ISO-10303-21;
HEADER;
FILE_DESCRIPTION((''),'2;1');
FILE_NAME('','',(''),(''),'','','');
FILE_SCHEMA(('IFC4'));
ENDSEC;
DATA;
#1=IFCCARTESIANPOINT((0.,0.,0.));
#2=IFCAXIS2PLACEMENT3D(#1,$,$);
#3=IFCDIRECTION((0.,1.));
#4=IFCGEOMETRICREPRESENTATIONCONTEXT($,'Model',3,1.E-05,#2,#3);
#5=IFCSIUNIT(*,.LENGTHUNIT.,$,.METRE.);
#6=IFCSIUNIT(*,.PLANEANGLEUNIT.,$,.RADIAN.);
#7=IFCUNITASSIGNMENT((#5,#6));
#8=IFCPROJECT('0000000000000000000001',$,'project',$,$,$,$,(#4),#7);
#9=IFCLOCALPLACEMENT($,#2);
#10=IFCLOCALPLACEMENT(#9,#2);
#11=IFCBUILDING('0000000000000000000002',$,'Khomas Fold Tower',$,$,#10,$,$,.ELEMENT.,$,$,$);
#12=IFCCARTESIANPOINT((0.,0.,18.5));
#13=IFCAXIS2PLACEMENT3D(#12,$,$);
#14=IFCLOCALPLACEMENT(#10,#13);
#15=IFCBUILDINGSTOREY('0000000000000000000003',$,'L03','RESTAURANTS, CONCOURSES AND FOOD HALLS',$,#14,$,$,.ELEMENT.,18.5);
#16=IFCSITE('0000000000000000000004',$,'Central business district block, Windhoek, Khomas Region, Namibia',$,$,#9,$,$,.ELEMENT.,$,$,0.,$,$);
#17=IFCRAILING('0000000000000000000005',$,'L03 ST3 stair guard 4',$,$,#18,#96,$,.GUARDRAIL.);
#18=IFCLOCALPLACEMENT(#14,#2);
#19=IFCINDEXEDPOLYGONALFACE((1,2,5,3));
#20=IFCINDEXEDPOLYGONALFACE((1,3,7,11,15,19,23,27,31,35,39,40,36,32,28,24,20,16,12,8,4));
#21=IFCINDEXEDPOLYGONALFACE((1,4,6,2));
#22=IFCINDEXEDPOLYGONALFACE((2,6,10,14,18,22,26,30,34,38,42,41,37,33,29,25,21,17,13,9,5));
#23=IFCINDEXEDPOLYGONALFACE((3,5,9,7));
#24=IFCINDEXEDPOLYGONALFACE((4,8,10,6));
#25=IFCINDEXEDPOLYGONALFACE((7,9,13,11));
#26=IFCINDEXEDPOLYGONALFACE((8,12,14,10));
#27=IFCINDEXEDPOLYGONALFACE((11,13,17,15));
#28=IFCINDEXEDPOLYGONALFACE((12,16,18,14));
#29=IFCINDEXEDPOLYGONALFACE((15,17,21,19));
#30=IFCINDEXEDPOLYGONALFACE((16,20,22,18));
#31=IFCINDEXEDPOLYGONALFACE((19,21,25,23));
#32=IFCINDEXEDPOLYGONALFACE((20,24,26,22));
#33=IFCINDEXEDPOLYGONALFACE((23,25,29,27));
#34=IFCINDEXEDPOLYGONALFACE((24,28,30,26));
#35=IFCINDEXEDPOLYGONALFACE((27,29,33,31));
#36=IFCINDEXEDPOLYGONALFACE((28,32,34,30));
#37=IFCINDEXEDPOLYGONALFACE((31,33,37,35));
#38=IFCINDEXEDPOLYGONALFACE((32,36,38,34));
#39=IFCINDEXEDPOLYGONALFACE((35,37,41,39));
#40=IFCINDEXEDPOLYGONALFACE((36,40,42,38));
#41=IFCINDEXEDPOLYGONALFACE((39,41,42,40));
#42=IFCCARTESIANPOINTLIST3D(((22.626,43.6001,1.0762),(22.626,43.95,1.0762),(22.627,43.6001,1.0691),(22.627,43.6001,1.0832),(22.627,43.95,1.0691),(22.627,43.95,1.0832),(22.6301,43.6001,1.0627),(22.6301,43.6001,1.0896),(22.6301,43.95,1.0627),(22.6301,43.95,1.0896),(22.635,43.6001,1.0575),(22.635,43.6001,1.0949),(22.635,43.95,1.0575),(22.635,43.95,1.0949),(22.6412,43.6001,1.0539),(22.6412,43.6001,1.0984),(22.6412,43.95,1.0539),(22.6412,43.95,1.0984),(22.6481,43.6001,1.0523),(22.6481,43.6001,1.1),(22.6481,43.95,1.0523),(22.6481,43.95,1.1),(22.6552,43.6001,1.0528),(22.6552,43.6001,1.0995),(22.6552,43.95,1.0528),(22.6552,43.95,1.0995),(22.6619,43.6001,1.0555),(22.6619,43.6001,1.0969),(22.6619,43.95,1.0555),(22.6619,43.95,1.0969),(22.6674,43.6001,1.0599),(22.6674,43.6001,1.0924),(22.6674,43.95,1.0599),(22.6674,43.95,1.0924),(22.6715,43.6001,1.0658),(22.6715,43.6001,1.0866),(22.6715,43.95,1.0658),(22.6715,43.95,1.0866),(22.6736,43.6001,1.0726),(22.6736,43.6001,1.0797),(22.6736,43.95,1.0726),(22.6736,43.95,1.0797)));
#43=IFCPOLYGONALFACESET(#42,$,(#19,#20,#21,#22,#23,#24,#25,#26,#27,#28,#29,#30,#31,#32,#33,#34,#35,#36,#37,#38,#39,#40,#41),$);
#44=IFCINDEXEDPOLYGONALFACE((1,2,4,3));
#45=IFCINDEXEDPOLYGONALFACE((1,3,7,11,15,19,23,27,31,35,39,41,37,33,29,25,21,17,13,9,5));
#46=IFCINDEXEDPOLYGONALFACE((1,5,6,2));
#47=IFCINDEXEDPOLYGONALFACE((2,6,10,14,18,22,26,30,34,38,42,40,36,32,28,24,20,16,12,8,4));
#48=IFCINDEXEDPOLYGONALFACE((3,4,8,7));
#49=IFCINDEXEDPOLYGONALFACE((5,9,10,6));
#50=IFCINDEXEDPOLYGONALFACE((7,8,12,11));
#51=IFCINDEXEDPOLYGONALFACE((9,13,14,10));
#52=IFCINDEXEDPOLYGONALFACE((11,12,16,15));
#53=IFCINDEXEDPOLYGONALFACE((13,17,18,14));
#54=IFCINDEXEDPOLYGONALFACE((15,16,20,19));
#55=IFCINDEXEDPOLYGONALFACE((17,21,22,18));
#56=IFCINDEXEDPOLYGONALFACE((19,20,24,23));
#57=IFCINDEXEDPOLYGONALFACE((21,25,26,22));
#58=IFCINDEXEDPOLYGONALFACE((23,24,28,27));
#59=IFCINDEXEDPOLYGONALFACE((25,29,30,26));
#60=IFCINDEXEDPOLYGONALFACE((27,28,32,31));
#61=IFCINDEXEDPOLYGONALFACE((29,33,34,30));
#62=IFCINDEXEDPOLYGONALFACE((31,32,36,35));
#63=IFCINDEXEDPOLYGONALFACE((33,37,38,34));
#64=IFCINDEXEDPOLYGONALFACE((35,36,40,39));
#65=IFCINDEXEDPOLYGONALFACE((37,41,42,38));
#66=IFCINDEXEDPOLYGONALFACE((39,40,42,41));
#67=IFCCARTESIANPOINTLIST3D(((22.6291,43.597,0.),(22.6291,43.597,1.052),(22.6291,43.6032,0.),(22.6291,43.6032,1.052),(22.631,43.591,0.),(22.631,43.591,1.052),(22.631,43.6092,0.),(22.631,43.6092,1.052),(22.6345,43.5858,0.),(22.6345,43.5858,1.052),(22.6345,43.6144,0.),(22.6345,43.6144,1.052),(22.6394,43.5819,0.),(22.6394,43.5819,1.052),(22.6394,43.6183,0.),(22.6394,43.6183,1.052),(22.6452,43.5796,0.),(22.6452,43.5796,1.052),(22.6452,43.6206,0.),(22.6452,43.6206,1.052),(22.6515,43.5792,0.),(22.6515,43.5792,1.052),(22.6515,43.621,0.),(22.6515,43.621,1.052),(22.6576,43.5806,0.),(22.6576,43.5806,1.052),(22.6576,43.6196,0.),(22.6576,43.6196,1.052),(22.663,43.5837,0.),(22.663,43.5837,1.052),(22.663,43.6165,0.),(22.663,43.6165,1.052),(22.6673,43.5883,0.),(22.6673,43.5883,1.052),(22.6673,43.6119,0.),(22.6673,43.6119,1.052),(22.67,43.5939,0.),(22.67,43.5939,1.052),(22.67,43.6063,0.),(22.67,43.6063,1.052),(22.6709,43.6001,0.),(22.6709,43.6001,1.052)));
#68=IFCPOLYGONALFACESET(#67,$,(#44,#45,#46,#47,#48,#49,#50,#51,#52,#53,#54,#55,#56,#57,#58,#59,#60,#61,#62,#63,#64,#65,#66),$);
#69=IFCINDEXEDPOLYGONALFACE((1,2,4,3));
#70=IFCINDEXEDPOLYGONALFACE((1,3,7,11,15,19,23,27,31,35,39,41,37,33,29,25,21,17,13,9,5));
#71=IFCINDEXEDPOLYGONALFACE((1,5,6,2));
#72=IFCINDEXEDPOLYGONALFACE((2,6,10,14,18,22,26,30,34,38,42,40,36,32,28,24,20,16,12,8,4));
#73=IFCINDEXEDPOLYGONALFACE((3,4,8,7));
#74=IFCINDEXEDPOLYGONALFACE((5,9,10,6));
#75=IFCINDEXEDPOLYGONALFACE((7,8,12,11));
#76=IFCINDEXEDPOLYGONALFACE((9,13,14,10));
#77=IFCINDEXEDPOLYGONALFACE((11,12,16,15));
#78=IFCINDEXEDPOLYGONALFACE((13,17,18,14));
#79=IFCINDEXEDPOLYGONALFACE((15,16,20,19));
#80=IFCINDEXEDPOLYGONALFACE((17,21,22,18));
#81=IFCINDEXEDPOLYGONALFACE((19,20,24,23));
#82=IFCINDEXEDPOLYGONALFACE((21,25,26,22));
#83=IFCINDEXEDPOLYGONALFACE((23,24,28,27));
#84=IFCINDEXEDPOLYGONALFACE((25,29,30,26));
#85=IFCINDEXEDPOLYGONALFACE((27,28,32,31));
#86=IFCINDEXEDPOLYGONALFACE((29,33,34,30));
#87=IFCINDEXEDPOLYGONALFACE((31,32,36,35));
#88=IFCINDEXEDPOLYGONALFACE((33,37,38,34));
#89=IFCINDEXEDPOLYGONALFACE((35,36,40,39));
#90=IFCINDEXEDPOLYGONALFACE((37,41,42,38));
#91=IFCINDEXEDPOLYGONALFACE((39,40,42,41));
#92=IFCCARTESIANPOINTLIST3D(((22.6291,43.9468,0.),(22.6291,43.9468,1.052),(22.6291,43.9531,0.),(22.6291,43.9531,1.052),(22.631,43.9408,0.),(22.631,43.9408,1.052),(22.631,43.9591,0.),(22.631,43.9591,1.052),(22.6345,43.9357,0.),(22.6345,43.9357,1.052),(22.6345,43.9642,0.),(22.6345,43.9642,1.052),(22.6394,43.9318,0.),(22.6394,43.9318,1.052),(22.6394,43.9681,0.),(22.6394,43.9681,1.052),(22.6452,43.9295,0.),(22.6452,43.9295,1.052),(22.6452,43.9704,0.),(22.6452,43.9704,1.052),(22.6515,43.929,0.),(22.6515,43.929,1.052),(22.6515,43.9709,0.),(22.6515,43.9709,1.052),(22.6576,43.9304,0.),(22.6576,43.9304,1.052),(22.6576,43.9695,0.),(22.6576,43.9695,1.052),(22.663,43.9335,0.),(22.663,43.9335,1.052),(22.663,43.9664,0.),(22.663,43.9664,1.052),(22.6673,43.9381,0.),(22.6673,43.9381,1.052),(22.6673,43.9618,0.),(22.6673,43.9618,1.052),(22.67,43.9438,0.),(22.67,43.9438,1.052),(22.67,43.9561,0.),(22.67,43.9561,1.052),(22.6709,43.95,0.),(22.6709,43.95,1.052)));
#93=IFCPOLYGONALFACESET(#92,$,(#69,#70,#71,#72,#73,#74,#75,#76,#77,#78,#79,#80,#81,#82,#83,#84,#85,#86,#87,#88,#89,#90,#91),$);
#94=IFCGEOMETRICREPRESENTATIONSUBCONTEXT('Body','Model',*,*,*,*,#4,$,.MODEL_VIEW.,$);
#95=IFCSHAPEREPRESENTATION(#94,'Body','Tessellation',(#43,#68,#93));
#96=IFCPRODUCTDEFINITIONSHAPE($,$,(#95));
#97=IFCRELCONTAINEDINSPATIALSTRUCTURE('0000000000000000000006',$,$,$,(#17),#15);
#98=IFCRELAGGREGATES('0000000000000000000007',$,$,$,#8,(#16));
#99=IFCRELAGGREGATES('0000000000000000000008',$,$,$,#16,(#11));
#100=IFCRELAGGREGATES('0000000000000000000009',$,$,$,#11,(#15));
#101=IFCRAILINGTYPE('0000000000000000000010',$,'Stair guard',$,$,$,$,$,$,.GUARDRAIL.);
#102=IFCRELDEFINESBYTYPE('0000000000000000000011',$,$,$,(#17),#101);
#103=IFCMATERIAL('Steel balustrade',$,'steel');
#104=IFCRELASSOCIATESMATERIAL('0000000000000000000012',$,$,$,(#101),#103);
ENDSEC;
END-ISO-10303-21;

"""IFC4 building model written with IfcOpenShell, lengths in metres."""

from ifc_helpers import new_model, si_unit, direction, frame, origin, origin_2d, place, context, subcontext, project, spatial, circle, extrude, source, transform, mapped, material, type_object, element, save


model = new_model("IFC4")

# Units and contexts
model_context = context("Model", 3, precision=1e-05, world=origin(), true_north=direction((0.0, 1.0)))
body_context = subcontext(model_context, "Body", "Model", "MODEL_VIEW")
ifc_project = project(units=[si_unit("LENGTHUNIT", "METRE"), si_unit("PLANEANGLEUNIT", "RADIAN")], contexts=[model_context])

# Site, building, storey
site_placement = place(None, origin())
site = spatial("IfcSite", under=ifc_project, at=site_placement, Name="Central business district block, Windhoek, Khomas Region, Namibia", CompositionType="ELEMENT", RefElevation=0.0)
building_placement = place(site_placement, origin())
building = spatial("IfcBuilding", under=site, at=building_placement, Name="Khomas Fold Tower", CompositionType="ELEMENT")
storey_placement = place(building_placement, frame((0.0, 0.0, 18.5)))
storey = spatial("IfcBuildingStorey", under=building, at=storey_placement, Name="L03", Description="RESTAURANTS, CONCOURSES AND FOOD HALLS", CompositionType="ELEMENT", Elevation=18.5)

# Railing
ifc_material_1 = material(Name="Steel balustrade", Category="steel")
railing_type_1 = type_object("IfcRailingType", Name="Stair guard", PredefinedType="GUARDRAIL", material=ifc_material_1)
shared_shape_1 = source(origin(), body_context, "Body", "SweptSolid", [
    extrude(circle(Radius=0.0239, at=origin_2d()), frame((0.0, 0.0, 1.0762), z_axis=(0.0, 1.0, 0.0), x_axis=(-1.0, 0.0, 0.0)), (0.0, 0.0, 1.0), 0.3499),
    extrude(circle(Radius=0.021, at=origin_2d()), origin(), (0.0, 0.0, 1.0), 1.052),
    extrude(circle(Radius=0.021, at=origin_2d()), frame((0.0, 0.3499, 0.0)), (0.0, 0.0, 1.0), 1.052),
])
for number, where, name in (
    (1, (22.6499, 43.6001, 0.0), "L03 ST3 stair guard 4"),
):
    element("IfcRailing", number, at=place(storey_placement, frame(where)), inside=storey, type_object=railing_type_1, Name=name, PredefinedType="GUARDRAIL", context=body_context, shape_type="MappedRepresentation", body=[
        mapped(shared_shape_1, transform((0.0, 0.0, 0.0))),
    ])

save(model, "model.ifc")
